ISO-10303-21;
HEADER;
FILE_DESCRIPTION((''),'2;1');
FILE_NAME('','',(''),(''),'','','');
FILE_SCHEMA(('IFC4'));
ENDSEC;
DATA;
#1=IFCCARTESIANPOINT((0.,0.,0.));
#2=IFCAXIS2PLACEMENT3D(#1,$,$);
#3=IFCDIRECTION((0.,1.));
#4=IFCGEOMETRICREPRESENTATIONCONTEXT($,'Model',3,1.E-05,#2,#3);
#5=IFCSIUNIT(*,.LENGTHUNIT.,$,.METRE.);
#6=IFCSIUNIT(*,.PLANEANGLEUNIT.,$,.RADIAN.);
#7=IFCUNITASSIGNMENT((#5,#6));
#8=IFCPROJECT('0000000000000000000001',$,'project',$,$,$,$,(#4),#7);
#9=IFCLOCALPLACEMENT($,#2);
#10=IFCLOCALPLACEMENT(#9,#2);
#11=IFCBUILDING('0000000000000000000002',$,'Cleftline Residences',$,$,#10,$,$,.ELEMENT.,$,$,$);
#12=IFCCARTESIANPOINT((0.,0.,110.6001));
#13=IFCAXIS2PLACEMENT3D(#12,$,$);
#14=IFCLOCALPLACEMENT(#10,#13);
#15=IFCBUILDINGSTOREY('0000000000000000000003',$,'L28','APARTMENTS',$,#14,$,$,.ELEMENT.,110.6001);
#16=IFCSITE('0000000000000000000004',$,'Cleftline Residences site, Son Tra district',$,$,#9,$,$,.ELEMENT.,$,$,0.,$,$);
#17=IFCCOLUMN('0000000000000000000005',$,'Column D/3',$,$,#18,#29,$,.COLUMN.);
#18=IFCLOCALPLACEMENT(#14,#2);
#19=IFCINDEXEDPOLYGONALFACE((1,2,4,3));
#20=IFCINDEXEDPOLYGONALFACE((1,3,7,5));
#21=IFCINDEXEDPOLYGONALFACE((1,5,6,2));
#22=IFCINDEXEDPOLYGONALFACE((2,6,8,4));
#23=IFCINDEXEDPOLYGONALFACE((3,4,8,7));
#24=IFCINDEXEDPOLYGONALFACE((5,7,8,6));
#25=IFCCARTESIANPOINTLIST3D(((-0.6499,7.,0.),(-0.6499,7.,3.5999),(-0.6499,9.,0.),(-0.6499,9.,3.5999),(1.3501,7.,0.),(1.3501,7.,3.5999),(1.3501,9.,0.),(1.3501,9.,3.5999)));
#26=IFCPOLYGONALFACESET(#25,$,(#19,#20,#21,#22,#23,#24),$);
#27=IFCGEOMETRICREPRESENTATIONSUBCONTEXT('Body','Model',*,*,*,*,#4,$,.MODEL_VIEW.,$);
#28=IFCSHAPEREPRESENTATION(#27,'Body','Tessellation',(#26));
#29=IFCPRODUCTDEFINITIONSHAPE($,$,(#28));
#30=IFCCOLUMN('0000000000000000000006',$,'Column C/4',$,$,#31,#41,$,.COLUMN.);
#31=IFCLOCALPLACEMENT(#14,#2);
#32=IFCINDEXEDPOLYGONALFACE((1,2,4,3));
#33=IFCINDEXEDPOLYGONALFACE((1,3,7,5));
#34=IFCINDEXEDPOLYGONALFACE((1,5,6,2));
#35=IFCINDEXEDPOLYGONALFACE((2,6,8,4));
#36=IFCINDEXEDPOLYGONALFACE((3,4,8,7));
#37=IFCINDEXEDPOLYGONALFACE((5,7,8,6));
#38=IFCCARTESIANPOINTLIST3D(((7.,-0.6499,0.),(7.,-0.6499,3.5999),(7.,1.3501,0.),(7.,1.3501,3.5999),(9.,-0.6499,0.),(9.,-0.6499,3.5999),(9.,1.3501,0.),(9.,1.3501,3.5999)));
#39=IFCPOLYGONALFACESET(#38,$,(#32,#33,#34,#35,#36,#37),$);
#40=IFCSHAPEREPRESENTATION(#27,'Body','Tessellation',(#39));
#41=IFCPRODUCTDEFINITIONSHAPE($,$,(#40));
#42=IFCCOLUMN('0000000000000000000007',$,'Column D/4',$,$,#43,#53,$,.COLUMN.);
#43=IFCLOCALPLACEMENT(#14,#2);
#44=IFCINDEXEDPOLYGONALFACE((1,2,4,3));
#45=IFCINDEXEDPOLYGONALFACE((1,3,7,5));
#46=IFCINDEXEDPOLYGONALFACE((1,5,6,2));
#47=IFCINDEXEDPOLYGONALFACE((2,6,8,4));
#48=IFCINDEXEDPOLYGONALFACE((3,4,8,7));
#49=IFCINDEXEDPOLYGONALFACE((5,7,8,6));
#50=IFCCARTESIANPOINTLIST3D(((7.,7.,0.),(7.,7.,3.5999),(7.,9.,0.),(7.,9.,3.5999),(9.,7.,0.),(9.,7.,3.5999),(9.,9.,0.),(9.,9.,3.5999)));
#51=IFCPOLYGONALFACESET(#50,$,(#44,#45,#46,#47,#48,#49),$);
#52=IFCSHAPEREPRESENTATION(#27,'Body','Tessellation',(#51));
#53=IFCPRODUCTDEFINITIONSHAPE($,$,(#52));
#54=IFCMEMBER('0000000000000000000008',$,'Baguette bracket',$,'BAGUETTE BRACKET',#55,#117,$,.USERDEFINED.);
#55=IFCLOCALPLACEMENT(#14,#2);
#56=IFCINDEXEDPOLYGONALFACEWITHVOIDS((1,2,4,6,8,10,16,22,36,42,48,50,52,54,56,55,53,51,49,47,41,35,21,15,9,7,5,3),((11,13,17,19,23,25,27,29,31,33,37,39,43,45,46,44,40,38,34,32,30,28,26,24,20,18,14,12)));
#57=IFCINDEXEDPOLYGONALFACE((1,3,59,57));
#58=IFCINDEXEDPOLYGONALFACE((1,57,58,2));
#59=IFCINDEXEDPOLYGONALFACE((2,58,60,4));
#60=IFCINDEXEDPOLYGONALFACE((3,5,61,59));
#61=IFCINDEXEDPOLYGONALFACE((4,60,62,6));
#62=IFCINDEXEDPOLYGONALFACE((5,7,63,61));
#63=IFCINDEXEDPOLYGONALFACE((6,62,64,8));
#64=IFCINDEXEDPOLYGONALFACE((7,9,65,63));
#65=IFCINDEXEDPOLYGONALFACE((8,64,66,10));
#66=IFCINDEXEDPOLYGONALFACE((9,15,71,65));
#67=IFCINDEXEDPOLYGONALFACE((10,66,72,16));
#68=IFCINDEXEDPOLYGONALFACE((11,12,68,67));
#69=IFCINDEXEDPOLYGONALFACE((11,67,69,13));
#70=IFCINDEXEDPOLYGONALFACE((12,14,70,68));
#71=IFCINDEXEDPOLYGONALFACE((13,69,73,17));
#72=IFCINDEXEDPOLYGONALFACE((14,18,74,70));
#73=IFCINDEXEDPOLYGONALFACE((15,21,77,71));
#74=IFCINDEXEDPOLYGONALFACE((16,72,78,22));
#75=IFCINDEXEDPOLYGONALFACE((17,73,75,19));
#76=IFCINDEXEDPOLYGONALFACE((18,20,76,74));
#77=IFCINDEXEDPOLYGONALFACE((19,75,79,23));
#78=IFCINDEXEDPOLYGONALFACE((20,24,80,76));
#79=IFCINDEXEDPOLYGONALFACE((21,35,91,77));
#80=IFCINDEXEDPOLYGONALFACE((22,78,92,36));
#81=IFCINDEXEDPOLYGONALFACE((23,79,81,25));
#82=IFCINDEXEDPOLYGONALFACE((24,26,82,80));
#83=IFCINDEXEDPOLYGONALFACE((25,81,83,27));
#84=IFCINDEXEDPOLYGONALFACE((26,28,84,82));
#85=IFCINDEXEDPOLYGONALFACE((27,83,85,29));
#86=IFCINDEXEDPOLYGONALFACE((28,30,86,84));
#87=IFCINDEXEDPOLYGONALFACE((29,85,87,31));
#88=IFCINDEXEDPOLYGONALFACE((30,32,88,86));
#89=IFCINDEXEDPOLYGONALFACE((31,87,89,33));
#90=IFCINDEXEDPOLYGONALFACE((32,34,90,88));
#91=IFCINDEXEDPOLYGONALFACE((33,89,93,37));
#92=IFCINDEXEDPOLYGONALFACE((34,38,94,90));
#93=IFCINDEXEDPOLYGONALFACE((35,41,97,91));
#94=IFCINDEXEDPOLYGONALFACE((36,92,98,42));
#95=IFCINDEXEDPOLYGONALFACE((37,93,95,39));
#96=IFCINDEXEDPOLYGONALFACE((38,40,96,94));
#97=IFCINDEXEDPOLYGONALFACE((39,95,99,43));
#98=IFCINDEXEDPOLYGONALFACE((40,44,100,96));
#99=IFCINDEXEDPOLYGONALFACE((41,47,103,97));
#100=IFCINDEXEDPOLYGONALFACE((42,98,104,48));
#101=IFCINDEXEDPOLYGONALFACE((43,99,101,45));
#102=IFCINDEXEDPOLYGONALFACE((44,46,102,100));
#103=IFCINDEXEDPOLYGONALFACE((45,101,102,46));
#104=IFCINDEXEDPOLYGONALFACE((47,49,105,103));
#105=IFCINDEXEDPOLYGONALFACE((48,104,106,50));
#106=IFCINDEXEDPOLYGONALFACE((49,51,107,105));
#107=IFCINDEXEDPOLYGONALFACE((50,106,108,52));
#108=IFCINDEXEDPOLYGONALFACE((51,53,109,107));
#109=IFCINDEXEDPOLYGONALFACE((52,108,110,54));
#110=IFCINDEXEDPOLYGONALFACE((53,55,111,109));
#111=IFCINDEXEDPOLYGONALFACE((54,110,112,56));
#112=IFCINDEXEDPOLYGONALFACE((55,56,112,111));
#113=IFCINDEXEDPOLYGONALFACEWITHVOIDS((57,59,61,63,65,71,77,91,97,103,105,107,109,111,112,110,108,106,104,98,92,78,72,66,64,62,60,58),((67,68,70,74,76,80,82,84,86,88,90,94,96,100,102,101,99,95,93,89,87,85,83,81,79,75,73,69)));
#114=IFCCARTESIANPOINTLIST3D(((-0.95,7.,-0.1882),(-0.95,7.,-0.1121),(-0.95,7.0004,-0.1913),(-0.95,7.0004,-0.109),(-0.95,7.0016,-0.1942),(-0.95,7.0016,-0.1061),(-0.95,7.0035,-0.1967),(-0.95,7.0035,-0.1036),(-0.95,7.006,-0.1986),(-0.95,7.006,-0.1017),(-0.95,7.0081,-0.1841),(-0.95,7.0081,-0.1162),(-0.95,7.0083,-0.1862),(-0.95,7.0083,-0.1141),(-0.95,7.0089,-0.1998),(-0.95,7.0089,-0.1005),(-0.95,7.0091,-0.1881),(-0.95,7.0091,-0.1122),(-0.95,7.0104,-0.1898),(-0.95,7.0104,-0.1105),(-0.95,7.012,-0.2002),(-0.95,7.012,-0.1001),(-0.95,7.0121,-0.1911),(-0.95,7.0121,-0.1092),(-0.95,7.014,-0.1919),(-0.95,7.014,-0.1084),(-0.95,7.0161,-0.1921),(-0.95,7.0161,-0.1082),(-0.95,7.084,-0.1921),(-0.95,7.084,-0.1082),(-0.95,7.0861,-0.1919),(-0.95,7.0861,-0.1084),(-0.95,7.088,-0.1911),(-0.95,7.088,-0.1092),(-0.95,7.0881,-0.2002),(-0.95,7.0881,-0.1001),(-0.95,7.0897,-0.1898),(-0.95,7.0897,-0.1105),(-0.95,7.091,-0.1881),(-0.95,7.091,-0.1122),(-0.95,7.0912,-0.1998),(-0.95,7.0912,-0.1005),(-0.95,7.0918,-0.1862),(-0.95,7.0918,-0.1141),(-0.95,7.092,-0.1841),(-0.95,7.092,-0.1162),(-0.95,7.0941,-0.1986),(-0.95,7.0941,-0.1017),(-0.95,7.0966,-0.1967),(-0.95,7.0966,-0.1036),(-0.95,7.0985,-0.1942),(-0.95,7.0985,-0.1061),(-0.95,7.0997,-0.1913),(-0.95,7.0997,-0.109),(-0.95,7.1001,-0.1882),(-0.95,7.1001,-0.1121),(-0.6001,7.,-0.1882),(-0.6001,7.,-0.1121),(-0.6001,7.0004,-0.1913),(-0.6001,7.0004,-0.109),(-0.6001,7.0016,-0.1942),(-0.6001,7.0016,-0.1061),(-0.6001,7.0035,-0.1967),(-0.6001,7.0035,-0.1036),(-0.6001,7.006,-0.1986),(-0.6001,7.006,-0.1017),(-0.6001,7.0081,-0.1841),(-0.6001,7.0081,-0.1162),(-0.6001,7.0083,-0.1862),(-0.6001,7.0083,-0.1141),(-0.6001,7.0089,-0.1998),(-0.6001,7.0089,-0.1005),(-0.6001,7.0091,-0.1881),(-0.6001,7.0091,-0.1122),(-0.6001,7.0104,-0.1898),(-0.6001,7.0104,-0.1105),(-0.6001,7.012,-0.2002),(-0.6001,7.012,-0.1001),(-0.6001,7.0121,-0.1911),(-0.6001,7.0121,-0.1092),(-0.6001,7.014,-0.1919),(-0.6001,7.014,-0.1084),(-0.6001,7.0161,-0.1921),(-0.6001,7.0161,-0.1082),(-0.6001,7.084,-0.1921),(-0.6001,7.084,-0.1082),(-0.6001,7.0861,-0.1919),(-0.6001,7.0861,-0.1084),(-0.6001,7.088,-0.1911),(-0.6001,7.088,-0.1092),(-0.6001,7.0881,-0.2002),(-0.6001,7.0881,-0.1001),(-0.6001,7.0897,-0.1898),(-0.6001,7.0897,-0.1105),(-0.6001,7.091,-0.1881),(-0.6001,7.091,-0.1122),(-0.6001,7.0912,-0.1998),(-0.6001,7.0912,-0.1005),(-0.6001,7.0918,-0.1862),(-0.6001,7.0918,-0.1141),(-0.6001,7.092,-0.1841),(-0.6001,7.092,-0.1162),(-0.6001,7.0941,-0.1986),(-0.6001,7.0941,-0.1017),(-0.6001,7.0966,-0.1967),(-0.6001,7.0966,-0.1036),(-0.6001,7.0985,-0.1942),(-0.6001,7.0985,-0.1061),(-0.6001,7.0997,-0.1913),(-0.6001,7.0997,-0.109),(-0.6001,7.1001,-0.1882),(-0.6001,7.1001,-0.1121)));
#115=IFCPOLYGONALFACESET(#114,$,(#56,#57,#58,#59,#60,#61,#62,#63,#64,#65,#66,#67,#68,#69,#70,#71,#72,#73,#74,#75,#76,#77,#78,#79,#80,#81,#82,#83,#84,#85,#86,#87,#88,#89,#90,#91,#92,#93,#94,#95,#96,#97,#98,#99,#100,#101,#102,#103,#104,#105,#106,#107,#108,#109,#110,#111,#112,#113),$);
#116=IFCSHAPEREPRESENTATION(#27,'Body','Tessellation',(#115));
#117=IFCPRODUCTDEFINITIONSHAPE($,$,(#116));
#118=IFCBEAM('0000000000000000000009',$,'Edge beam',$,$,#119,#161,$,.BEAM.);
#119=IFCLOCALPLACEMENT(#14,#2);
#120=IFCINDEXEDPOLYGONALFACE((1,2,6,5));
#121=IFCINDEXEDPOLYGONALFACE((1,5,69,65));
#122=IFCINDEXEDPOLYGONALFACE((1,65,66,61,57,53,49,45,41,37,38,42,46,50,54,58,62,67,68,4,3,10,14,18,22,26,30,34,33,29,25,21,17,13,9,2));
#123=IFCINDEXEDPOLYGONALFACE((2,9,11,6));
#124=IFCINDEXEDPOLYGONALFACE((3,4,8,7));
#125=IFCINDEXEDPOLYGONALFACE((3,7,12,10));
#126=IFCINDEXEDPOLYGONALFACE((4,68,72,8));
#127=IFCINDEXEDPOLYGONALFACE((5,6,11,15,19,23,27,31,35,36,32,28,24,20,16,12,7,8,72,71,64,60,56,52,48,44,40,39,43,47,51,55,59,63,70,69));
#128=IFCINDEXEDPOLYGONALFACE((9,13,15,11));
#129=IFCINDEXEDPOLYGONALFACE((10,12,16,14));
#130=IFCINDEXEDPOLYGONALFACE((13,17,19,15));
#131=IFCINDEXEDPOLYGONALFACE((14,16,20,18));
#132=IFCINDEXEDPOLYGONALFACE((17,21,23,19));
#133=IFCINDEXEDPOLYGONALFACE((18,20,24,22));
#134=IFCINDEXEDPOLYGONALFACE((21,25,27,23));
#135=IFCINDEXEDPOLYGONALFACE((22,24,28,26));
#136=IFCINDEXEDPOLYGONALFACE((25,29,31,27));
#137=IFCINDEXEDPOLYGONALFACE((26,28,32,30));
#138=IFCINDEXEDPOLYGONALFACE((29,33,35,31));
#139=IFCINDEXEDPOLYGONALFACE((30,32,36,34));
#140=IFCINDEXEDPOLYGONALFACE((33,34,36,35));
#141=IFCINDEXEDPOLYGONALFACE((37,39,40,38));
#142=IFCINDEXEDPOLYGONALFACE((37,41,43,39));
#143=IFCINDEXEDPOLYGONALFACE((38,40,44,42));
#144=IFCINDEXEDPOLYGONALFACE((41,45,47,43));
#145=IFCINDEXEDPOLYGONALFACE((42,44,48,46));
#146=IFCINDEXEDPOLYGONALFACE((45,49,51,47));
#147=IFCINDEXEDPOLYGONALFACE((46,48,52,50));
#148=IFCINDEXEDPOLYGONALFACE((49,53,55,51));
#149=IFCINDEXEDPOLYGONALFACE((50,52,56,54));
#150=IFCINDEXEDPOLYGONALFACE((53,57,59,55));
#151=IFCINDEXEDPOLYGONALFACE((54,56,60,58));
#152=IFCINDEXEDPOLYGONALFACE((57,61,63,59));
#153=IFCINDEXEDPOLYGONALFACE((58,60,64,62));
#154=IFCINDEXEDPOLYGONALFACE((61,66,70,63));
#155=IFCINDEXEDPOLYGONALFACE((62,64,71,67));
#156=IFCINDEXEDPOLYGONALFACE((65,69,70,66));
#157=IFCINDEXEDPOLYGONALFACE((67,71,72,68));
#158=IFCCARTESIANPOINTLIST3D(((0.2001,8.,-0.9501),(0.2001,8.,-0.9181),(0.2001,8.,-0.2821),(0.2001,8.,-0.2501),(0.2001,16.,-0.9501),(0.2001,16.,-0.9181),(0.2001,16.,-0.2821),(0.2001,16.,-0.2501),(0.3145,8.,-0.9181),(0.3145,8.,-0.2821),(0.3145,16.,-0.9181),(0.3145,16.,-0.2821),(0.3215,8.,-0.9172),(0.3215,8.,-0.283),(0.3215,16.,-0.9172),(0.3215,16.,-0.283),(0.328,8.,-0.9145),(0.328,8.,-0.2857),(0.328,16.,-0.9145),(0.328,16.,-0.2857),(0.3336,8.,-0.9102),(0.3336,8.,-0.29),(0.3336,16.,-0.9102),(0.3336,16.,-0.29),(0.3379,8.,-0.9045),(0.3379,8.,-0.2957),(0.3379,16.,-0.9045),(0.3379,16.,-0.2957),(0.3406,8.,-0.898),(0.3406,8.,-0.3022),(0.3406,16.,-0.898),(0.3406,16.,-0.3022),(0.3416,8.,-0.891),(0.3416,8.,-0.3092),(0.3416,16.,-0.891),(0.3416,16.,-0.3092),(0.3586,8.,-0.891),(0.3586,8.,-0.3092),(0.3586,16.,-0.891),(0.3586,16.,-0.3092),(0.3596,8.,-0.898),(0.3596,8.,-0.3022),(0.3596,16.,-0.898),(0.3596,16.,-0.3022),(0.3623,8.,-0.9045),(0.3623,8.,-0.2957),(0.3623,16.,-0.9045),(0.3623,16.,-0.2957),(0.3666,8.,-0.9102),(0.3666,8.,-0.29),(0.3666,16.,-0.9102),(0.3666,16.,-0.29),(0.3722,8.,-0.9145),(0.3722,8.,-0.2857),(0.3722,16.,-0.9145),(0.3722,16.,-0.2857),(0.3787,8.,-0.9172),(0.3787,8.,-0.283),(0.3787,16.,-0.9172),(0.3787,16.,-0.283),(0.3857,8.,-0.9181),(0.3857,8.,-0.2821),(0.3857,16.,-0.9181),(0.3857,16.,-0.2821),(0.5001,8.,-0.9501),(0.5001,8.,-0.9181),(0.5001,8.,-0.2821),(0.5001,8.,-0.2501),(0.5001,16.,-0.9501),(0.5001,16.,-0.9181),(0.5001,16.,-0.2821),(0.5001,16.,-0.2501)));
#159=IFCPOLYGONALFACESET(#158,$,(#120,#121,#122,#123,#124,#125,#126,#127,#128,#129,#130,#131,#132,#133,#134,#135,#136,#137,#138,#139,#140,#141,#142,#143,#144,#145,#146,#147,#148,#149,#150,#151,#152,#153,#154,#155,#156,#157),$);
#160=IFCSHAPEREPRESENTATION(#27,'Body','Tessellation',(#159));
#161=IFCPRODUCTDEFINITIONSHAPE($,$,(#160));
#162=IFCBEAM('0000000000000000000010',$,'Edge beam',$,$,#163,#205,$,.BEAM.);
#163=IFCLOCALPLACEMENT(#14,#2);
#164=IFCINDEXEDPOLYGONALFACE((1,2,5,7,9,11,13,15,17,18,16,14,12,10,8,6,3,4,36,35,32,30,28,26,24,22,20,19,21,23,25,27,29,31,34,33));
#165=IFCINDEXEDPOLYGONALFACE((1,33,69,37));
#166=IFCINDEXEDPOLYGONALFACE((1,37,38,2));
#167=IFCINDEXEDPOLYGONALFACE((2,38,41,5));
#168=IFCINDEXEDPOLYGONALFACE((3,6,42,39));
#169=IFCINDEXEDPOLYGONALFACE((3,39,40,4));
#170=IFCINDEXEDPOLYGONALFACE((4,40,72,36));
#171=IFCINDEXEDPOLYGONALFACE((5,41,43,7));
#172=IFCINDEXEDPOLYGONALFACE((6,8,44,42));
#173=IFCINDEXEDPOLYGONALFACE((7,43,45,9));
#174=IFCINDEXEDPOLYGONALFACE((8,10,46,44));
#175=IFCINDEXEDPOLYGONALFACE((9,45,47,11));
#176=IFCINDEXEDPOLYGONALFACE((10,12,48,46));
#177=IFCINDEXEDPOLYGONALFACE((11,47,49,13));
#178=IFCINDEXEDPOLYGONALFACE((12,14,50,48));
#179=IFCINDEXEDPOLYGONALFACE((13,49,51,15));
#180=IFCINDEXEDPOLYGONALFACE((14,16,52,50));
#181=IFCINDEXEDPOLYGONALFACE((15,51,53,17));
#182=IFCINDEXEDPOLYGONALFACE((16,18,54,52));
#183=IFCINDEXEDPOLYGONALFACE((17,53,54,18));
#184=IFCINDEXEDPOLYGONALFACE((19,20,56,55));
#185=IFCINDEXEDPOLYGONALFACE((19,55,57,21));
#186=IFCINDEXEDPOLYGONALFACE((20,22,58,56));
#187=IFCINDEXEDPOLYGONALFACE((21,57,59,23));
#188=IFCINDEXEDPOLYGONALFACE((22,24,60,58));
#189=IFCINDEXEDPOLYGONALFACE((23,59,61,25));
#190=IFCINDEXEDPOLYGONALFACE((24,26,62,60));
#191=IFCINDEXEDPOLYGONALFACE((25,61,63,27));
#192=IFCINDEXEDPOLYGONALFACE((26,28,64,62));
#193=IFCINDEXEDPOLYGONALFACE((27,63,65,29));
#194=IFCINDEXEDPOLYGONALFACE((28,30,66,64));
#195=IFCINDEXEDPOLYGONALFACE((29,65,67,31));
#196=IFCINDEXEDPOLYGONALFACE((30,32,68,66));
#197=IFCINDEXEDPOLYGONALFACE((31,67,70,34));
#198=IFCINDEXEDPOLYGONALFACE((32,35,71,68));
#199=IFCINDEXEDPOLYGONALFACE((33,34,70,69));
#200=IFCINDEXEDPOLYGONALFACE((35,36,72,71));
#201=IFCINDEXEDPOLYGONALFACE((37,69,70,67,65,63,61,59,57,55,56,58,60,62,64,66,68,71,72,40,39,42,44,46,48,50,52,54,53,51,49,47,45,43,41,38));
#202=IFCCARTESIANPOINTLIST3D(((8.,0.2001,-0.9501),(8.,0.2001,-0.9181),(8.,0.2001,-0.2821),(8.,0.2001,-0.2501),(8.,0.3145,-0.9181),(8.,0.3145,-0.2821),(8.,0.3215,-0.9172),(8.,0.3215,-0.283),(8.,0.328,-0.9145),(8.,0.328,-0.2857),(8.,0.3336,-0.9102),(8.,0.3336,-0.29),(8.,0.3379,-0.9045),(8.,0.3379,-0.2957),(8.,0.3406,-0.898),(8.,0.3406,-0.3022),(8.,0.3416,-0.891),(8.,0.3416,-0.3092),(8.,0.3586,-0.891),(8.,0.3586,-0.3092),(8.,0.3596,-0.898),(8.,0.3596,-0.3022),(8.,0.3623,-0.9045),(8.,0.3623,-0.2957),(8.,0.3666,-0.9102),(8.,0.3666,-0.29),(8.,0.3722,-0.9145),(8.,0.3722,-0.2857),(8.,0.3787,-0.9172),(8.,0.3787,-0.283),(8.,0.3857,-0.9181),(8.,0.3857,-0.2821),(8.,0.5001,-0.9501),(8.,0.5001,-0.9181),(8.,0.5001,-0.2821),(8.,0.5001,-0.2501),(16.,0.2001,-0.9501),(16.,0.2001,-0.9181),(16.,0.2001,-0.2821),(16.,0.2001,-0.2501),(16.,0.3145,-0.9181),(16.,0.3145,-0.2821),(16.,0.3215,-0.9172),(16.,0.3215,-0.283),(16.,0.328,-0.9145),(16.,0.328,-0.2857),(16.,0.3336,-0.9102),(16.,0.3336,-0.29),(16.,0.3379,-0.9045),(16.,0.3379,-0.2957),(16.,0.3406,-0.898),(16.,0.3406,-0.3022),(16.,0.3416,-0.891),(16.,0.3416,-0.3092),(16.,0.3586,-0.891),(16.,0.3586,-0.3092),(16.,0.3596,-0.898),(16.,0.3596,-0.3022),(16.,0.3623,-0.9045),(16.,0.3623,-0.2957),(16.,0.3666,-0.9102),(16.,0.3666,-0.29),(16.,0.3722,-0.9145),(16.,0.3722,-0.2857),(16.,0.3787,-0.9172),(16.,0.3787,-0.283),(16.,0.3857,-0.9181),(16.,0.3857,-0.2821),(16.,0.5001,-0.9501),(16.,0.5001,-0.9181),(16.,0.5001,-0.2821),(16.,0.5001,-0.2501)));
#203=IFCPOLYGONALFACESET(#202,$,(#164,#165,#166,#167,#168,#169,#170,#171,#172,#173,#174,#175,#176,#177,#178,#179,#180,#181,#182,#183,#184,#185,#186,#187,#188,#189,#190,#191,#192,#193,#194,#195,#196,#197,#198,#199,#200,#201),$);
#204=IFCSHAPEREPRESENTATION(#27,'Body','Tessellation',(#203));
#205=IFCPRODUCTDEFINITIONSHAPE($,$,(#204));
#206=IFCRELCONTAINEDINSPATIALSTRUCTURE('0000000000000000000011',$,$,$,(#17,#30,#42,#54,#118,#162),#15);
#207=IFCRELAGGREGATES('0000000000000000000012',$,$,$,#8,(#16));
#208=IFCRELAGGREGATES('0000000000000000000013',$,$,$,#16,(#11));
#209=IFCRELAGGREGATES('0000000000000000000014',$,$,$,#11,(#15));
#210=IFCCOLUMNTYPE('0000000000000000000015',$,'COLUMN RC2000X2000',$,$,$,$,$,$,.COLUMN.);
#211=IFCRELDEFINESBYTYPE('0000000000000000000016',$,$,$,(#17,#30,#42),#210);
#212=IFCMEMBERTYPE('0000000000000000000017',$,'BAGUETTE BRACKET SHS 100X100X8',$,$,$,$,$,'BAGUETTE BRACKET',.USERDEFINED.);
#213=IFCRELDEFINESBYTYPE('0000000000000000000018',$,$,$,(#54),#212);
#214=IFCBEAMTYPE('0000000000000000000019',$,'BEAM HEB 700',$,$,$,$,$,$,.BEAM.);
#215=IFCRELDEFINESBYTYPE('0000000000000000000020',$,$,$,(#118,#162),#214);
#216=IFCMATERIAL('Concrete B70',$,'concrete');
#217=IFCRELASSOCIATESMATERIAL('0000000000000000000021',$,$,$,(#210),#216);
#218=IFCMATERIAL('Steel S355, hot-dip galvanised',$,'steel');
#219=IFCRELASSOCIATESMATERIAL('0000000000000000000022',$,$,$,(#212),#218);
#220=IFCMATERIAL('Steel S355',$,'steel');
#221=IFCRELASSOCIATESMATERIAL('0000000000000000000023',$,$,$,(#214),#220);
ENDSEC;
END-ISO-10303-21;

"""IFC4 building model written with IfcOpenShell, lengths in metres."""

from ifc_helpers import new_model, si_unit, direction, frame, origin, origin_2d, place, context, subcontext, project, spatial, rectangle, hollow_rectangle, i_section, extrude, material, material_profile, profile_set, type_object, element, save


model = new_model("IFC4")

# Units and contexts
model_context = context("Model", 3, precision=1e-05, world=origin(), true_north=direction((0.0, 1.0)))
body_context = subcontext(model_context, "Body", "Model", "MODEL_VIEW")
ifc_project = project(units=[si_unit("LENGTHUNIT", "METRE"), si_unit("PLANEANGLEUNIT", "RADIAN")], contexts=[model_context])

# Site, building, storey
site_placement = place(None, origin())
site = spatial("IfcSite", under=ifc_project, at=site_placement, Name="Cleftline Residences site, Son Tra district", CompositionType="ELEMENT", RefElevation=0.0)
building_placement = place(site_placement, origin())
building = spatial("IfcBuilding", under=site, at=building_placement, Name="Cleftline Residences", CompositionType="ELEMENT")
storey_placement = place(building_placement, frame((0.0, 0.0, 110.6001)))
storey = spatial("IfcBuildingStorey", under=building, at=storey_placement, Name="L28", Description="APARTMENTS", CompositionType="ELEMENT", Elevation=110.6001)

# Columns
ifc_material_1 = material(Name="Concrete B70", Category="concrete")
ifc_material_profile_1 = material_profile(ifc_material_1, rectangle(XDim=2.0, YDim=2.0, at=origin_2d()))
ifc_profile_set_1 = profile_set([ifc_material_profile_1], Name="Concrete B70")
column_type = type_object("IfcColumnType", Name="COLUMN RC2000X2000", PredefinedType="COLUMN", material=ifc_profile_set_1)
for number, where, z_axis, x_axis, name in (
    (1, (0.3501, 8.0, 0.0), (0.0, 0.0, 1.0), (1.0, 0.0, 0.0), "Column D/3"),
    (2, (8.0, 0.3501, 0.0), (0.0, 0.0, 1.0), (1.0, 0.0, 0.0), "Column C/4"),
    (3, (8.0, 8.0, 0.0), (0.0, 0.0, 1.0), (1.0, 0.0, 0.0), "Column D/4"),
):
    element("IfcColumn", number, at=place(storey_placement, frame(where, z_axis=z_axis, x_axis=x_axis)), inside=storey, type_object=column_type, Name=name, PredefinedType="COLUMN", context=body_context, shape_type="SweptSolid", body=[
        extrude(rectangle(XDim=2.0, YDim=2.0, at=origin_2d()), origin(), (0.0, 0.0, 1.0), 3.5999),
    ])

# Member
ifc_material_2 = material(Name="Steel S355, hot-dip galvanised", Category="steel")
ifc_material_profile_2 = material_profile(ifc_material_2, hollow_rectangle(XDim=0.1001, YDim=0.1001, WallThickness=0.0081, InnerFilletRadius=0.0081, OuterFilletRadius=0.012, at=origin_2d()))
ifc_profile_set_2 = profile_set([ifc_material_profile_2], Name="Steel S355, hot-dip galvanised")
member_type_1 = type_object("IfcMemberType", Name="BAGUETTE BRACKET SHS 100X100X8", ElementType="BAGUETTE BRACKET", PredefinedType="USERDEFINED", material=ifc_profile_set_2)
member_placement = place(storey_placement, frame((-0.6001, 7.05, -0.1501), z_axis=(-1.0, 0.0, 0.0), x_axis=(0.0, -1.0, 0.0)))
element("IfcMember", 4, at=member_placement, inside=storey, type_object=member_type_1, Name="Baguette bracket", ObjectType="BAGUETTE BRACKET", PredefinedType="USERDEFINED", context=body_context, shape_type="SweptSolid", body=[
    extrude(hollow_rectangle(XDim=0.1001, YDim=0.1001, WallThickness=0.0081, InnerFilletRadius=0.0081, OuterFilletRadius=0.012, at=origin_2d()), origin(), (0.0, 0.0, 1.0), 0.3499),
])

# Beams
ifc_material_3 = material(Name="Steel S355", Category="steel")
ifc_material_profile_3 = material_profile(ifc_material_3, i_section(OverallWidth=0.3, OverallDepth=0.7, WebThickness=0.0171, FlangeThickness=0.032, FilletRadius=0.0271, at=origin_2d()))
ifc_profile_set_3 = profile_set([ifc_material_profile_3], Name="Steel S355")
beam_type = type_object("IfcBeamType", Name="BEAM HEB 700", PredefinedType="BEAM", material=ifc_profile_set_3)
for number, where, z_axis, x_axis, name in (
    (5, (0.3501, 8.0, -0.6001), (0.0, 1.0, 0.0), (-1.0, 0.0, 0.0), "Edge beam"),
    (6, (8.0, 0.3501, -0.6001), (1.0, 0.0, 0.0), (0.0, 1.0, 0.0), "Edge beam"),
):
    element("IfcBeam", number, at=place(storey_placement, frame(where, z_axis=z_axis, x_axis=x_axis)), inside=storey, type_object=beam_type, Name=name, PredefinedType="BEAM", context=body_context, shape_type="SweptSolid", body=[
        extrude(i_section(OverallWidth=0.3, OverallDepth=0.7, WebThickness=0.0171, FlangeThickness=0.032, FilletRadius=0.0271, at=origin_2d()), origin(), (0.0, 0.0, 1.0), 8.0),
    ])

save(model, "model.ifc")
